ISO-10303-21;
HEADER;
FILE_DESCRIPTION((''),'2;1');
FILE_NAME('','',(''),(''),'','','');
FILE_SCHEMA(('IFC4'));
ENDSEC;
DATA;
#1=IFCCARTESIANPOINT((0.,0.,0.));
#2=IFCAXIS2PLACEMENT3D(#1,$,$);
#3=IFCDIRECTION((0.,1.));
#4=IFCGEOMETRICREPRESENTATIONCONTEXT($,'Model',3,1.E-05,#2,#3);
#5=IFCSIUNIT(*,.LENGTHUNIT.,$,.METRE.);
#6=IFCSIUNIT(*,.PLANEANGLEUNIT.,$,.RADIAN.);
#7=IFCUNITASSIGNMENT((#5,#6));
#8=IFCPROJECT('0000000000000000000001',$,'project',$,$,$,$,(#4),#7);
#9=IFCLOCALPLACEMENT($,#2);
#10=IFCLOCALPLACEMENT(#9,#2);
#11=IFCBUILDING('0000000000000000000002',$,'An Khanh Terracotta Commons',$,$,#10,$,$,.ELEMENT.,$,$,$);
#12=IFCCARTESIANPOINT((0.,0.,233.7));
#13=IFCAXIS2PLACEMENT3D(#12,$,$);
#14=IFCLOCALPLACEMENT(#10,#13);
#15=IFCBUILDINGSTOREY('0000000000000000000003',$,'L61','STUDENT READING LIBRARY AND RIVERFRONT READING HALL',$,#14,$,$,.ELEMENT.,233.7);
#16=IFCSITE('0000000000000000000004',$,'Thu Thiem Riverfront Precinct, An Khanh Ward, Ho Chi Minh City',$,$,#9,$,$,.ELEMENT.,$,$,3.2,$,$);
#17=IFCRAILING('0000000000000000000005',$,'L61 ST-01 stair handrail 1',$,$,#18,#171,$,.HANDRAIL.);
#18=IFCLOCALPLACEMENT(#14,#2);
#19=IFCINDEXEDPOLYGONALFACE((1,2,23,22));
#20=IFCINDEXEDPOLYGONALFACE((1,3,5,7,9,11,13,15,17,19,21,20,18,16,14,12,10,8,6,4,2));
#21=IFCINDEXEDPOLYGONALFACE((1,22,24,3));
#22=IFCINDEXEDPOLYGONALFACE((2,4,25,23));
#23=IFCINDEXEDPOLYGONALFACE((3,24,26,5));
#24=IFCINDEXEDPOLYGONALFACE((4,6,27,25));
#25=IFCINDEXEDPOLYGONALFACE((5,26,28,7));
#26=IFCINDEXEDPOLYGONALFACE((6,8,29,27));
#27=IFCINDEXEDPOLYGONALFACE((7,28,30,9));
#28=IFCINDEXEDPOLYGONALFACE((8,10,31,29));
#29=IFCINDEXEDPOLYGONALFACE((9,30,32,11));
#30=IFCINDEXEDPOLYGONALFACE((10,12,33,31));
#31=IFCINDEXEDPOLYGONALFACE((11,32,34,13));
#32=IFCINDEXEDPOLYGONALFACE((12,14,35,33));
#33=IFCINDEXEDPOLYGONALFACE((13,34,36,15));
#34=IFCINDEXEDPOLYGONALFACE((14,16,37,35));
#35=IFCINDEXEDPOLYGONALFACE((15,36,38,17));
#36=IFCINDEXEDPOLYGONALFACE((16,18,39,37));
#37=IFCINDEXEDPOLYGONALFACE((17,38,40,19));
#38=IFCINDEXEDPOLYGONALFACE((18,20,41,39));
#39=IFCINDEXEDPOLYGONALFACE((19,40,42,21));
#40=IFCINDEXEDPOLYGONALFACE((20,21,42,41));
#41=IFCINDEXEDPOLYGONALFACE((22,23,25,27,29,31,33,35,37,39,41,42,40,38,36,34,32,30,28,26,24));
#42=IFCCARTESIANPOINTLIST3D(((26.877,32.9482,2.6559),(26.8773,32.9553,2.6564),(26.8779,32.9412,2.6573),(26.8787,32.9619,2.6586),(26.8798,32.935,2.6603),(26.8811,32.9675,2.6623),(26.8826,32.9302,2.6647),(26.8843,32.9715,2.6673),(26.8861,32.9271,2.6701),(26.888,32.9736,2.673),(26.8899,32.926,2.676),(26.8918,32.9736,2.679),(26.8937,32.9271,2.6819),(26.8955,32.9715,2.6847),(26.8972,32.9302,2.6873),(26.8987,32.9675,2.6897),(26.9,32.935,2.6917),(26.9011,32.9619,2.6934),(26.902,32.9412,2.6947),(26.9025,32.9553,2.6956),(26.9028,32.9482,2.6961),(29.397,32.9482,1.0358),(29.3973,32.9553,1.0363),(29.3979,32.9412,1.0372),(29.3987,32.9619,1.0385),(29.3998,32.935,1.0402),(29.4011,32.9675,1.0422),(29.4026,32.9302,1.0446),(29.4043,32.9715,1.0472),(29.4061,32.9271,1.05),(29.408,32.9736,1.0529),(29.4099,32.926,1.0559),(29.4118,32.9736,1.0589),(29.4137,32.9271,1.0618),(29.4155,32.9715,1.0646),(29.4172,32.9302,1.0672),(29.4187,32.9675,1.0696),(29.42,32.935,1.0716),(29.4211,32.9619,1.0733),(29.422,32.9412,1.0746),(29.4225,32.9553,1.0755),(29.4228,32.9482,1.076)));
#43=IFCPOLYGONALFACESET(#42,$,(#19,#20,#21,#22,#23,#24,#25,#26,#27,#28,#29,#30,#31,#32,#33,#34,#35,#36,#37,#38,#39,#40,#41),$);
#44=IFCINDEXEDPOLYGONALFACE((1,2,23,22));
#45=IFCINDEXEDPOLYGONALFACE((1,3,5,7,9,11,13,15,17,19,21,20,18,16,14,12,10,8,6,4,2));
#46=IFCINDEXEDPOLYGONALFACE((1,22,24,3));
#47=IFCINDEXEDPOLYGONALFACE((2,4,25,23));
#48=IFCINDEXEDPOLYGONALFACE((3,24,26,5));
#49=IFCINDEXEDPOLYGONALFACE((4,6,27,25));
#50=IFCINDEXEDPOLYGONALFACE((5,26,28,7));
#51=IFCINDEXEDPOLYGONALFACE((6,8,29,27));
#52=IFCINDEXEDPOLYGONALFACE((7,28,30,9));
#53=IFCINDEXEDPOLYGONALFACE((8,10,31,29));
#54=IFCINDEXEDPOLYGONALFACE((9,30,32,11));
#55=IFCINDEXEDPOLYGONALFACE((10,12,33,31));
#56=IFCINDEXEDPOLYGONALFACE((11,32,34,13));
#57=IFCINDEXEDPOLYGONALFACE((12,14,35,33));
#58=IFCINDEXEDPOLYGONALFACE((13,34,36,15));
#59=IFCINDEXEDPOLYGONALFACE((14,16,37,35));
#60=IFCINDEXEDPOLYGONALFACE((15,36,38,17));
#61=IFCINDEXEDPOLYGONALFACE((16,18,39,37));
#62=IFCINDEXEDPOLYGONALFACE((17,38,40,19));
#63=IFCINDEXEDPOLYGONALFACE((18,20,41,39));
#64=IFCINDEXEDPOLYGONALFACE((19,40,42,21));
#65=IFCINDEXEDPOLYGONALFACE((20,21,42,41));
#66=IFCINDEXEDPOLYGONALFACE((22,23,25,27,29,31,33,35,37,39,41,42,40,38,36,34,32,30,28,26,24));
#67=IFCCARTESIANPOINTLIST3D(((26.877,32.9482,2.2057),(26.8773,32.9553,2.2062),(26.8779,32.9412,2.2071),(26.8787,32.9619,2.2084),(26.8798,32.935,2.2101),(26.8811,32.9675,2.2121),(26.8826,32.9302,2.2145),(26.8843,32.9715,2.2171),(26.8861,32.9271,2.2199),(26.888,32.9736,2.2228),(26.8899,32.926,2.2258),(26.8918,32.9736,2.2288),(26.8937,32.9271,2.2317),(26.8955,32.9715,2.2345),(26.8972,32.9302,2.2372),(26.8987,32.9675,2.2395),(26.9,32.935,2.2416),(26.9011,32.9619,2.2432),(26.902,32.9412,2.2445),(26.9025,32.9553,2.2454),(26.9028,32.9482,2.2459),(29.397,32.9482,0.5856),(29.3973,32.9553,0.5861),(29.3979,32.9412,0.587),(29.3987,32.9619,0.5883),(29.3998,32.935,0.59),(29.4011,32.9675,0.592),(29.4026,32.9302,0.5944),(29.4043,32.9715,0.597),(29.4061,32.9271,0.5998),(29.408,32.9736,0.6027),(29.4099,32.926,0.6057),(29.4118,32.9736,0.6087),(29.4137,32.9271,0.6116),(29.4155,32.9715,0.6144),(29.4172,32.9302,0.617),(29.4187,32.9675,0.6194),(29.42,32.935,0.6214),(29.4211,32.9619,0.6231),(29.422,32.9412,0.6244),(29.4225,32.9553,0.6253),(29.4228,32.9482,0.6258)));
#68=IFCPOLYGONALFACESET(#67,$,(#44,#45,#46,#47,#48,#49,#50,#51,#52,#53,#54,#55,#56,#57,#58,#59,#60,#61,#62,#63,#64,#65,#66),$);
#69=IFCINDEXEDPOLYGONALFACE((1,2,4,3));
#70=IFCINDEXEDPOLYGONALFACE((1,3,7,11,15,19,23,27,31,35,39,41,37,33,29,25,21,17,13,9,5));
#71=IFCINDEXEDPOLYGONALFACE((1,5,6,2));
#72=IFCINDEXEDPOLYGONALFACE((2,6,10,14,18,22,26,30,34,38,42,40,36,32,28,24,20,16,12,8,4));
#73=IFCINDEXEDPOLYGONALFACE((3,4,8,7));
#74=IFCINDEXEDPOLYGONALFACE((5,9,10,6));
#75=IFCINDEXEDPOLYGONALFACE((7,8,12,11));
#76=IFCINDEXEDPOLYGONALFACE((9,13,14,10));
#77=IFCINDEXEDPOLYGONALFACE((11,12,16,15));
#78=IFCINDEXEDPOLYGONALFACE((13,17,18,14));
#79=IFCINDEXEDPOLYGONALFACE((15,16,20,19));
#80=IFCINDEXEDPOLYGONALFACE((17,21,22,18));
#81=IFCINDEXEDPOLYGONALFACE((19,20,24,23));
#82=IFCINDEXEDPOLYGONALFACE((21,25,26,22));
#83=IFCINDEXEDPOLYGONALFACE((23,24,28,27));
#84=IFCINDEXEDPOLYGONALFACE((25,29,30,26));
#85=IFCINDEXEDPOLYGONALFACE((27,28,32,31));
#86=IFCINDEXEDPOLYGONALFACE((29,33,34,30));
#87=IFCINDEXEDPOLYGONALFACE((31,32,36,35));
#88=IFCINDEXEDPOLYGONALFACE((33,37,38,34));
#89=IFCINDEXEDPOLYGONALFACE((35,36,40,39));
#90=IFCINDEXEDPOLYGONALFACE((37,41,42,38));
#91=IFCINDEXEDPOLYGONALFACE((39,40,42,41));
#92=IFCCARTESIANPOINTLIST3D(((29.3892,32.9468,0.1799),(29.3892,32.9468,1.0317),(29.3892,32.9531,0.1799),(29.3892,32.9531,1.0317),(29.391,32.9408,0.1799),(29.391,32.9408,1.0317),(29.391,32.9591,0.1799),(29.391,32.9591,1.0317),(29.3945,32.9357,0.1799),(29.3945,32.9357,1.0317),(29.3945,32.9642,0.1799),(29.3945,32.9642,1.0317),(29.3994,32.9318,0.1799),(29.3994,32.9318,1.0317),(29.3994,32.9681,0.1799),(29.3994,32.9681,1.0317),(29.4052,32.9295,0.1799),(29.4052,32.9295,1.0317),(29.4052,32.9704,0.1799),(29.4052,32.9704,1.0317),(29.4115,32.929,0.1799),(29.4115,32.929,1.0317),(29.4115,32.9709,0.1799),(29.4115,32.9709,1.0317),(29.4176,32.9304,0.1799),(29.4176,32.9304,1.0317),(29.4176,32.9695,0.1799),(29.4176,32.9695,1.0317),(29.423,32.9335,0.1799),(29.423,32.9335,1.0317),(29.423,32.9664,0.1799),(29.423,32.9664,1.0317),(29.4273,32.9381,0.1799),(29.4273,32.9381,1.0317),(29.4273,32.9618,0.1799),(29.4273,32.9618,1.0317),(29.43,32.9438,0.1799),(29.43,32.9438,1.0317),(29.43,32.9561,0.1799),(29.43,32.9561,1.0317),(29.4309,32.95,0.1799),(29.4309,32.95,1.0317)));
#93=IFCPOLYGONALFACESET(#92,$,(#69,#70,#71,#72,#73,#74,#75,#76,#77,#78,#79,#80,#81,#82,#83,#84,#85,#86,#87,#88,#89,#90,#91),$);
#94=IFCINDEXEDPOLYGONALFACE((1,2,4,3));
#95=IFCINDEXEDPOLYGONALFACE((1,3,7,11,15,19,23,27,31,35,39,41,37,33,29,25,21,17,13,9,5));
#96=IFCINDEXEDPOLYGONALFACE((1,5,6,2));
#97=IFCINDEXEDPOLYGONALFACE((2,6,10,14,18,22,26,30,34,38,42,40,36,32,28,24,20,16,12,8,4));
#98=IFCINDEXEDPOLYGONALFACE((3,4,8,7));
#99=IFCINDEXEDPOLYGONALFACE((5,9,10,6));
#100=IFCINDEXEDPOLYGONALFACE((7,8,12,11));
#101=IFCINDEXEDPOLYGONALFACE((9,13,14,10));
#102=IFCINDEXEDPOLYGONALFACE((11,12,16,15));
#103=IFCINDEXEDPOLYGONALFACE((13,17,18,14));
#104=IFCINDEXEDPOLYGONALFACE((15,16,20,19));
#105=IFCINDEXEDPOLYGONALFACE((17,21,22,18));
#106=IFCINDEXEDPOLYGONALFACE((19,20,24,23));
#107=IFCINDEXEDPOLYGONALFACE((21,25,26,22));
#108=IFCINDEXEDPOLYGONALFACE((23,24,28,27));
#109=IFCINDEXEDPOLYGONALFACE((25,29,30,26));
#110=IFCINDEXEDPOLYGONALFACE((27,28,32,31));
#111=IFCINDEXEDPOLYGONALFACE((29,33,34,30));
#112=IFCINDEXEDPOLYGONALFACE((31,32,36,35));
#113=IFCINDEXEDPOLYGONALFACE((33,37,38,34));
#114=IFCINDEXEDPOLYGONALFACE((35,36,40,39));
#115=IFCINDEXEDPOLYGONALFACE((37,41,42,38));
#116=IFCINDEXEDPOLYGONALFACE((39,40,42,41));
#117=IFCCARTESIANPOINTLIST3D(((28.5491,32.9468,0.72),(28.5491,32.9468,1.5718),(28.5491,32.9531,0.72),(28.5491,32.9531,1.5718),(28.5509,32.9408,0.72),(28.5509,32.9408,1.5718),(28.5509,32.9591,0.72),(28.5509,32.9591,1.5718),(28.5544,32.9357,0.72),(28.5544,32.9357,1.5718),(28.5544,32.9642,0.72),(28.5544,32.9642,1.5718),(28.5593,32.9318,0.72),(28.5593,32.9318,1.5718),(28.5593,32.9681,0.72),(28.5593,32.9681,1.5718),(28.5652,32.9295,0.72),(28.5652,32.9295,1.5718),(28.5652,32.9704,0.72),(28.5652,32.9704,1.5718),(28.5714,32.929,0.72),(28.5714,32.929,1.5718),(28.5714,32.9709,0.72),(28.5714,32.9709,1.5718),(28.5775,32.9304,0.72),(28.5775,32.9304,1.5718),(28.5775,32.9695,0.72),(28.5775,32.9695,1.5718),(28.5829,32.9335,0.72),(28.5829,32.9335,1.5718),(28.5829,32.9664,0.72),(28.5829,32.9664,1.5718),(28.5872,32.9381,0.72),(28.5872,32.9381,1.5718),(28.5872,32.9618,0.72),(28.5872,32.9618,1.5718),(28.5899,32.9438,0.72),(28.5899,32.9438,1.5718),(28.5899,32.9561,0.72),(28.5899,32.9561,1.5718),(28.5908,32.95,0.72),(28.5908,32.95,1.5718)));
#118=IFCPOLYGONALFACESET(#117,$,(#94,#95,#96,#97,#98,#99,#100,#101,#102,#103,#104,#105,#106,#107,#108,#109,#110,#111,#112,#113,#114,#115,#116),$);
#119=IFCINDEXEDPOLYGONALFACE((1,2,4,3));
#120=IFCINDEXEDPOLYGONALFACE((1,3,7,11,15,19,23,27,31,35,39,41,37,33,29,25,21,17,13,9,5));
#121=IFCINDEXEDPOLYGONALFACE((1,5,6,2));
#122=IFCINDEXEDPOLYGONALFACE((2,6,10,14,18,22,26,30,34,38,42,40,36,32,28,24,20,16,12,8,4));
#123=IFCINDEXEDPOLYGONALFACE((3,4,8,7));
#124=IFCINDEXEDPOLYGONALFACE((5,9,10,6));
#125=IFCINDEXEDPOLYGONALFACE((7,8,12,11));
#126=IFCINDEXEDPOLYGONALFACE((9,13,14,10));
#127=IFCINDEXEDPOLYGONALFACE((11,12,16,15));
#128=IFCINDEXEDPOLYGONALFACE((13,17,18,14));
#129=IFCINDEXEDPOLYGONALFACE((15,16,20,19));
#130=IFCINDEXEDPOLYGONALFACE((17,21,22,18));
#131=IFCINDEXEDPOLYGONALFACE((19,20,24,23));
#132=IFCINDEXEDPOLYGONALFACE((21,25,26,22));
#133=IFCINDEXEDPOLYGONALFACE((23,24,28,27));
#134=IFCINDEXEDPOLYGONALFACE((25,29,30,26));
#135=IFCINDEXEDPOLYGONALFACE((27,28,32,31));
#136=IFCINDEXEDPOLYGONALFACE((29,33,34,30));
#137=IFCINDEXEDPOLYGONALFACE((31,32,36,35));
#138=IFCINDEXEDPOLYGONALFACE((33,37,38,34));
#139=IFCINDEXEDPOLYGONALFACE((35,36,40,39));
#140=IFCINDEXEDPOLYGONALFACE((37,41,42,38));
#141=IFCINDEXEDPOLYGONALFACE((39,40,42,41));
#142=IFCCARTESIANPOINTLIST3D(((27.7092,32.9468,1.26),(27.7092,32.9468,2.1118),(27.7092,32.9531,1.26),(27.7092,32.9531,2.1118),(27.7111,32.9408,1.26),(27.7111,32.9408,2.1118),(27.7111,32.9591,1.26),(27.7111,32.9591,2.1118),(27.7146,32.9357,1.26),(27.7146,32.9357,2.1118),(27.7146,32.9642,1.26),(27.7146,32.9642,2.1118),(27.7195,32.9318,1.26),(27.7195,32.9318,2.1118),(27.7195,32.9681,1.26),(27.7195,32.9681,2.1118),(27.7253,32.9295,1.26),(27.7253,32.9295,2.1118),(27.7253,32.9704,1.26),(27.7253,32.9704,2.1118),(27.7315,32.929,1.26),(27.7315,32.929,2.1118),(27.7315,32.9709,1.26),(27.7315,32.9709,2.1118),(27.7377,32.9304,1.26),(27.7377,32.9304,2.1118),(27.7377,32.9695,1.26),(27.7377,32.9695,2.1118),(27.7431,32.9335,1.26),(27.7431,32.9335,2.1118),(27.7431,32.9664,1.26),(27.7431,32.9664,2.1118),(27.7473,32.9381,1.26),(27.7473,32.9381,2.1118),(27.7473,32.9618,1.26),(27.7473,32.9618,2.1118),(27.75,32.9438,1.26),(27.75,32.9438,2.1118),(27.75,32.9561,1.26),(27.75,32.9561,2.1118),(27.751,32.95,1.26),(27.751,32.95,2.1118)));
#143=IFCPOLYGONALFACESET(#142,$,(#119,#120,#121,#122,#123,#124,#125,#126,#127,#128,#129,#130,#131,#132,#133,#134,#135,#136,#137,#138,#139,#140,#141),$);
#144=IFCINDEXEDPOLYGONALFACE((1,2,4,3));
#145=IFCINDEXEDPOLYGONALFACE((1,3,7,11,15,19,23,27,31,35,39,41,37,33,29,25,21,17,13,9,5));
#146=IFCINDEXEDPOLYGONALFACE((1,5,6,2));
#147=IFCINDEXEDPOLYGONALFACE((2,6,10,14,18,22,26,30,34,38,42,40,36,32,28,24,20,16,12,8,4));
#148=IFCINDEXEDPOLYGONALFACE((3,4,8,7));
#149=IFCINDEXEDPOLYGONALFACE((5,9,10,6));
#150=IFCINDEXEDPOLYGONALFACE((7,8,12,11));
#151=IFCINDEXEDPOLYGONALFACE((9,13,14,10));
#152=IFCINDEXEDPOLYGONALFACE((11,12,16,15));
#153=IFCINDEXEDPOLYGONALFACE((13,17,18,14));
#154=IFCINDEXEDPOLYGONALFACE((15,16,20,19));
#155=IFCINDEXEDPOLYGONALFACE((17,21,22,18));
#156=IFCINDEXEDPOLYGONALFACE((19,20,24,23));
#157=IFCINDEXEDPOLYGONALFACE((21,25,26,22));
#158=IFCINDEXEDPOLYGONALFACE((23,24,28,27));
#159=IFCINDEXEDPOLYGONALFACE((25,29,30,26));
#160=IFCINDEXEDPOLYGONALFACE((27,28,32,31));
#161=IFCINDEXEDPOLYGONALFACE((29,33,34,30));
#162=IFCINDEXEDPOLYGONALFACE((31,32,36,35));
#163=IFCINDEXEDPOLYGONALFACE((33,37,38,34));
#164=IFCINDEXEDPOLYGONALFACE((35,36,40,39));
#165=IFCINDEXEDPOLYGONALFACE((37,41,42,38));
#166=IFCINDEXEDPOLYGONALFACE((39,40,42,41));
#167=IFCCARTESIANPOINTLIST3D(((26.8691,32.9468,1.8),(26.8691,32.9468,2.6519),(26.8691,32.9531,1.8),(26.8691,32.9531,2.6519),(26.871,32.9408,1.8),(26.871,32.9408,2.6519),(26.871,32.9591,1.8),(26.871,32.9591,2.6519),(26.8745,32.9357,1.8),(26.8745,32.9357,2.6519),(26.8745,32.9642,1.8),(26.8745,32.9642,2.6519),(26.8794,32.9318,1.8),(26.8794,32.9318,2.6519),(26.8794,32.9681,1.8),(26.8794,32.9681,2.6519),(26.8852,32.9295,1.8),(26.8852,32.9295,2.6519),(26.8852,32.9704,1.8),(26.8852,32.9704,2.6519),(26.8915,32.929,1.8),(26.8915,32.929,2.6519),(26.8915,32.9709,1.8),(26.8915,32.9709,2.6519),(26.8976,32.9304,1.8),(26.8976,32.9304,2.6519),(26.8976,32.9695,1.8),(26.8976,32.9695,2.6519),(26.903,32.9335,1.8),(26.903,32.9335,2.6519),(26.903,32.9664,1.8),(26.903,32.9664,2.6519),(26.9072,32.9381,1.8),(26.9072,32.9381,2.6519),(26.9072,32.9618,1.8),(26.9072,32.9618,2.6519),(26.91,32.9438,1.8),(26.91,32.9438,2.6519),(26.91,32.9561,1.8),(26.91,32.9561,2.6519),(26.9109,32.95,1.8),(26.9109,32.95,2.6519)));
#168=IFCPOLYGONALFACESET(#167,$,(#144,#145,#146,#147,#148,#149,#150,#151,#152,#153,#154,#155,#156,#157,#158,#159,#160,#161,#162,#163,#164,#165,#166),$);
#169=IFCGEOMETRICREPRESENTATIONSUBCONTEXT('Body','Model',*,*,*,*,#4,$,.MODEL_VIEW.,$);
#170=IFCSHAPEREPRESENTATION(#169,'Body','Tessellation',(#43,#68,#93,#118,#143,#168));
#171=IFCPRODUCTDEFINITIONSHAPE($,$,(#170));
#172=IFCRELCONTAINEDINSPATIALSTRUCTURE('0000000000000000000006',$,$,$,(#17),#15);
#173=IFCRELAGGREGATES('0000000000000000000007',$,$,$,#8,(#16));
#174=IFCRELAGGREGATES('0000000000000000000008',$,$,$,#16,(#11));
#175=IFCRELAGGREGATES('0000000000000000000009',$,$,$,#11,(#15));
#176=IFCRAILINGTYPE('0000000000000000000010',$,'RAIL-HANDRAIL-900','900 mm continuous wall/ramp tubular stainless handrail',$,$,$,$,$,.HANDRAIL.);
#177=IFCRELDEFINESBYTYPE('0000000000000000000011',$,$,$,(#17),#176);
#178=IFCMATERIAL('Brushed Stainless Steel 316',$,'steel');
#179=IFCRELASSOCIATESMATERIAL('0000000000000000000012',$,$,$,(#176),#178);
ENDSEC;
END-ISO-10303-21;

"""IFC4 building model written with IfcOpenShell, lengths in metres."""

from ifc_helpers import new_model, si_unit, direction, frame, origin, origin_2d, place, context, subcontext, project, spatial, circle, extrude, material, type_object, element, save


model = new_model("IFC4")

# Units and contexts
model_context = context("Model", 3, precision=1e-05, world=origin(), true_north=direction((0.0, 1.0)))
body_context = subcontext(model_context, "Body", "Model", "MODEL_VIEW")
ifc_project = project(units=[si_unit("LENGTHUNIT", "METRE"), si_unit("PLANEANGLEUNIT", "RADIAN")], contexts=[model_context])

# Site, building, storey
site_placement = place(None, origin())
site = spatial("IfcSite", under=ifc_project, at=site_placement, Name="Thu Thiem Riverfront Precinct, An Khanh Ward, Ho Chi Minh City", CompositionType="ELEMENT", RefElevation=3.2)
building_placement = place(site_placement, origin())
building = spatial("IfcBuilding", under=site, at=building_placement, Name="An Khanh Terracotta Commons", CompositionType="ELEMENT")
storey_placement = place(building_placement, frame((0.0, 0.0, 233.7)))
storey = spatial("IfcBuildingStorey", under=building, at=storey_placement, Name="L61", Description="STUDENT READING LIBRARY AND RIVERFRONT READING HALL", CompositionType="ELEMENT", Elevation=233.7)

# Railing
ifc_material_1 = material(Name="Brushed Stainless Steel 316", Category="steel")
railing_type_1 = type_object("IfcRailingType", Name="RAIL-HANDRAIL-900", Description="900 mm continuous wall/ramp tubular stainless handrail", PredefinedType="HANDRAIL", material=ifc_material_1)
railing_1_placement = place(storey_placement, frame((29.4099, 32.95, 0.1799)))
element("IfcRailing", 1, at=railing_1_placement, inside=storey, type_object=railing_type_1, Name="L61 ST-01 stair handrail 1", PredefinedType="HANDRAIL", context=body_context, shape_type="SweptSolid", body=[
    extrude(circle(Radius=0.0239, at=origin_2d()), frame((0.0, 0.0, 0.876), z_axis=(-0.841163, 0.0, 0.540782), x_axis=(0.0, -1.0, 0.0)), (0.0, 0.0, 1.0), 2.9958),
    extrude(circle(Radius=0.0239, at=origin_2d()), frame((0.0, 0.0, 0.4258), z_axis=(-0.841163, 0.0, 0.540782), x_axis=(0.0, -1.0, 0.0)), (0.0, 0.0, 1.0), 2.9958),
    extrude(circle(Radius=0.021, at=origin_2d()), origin(), (0.0, 0.0, 1.0), 0.8518),
    extrude(circle(Radius=0.021, at=origin_2d()), frame((-0.8401, 0.0, 0.54)), (0.0, 0.0, 1.0), 0.8518),
    extrude(circle(Radius=0.021, at=origin_2d()), frame((-1.6799, 0.0, 1.0801)), (0.0, 0.0, 1.0), 0.8518),
    extrude(circle(Radius=0.021, at=origin_2d()), frame((-2.52, 0.0, 1.6201)), (0.0, 0.0, 1.0), 0.8518),
])

save(model, "model.ifc")
